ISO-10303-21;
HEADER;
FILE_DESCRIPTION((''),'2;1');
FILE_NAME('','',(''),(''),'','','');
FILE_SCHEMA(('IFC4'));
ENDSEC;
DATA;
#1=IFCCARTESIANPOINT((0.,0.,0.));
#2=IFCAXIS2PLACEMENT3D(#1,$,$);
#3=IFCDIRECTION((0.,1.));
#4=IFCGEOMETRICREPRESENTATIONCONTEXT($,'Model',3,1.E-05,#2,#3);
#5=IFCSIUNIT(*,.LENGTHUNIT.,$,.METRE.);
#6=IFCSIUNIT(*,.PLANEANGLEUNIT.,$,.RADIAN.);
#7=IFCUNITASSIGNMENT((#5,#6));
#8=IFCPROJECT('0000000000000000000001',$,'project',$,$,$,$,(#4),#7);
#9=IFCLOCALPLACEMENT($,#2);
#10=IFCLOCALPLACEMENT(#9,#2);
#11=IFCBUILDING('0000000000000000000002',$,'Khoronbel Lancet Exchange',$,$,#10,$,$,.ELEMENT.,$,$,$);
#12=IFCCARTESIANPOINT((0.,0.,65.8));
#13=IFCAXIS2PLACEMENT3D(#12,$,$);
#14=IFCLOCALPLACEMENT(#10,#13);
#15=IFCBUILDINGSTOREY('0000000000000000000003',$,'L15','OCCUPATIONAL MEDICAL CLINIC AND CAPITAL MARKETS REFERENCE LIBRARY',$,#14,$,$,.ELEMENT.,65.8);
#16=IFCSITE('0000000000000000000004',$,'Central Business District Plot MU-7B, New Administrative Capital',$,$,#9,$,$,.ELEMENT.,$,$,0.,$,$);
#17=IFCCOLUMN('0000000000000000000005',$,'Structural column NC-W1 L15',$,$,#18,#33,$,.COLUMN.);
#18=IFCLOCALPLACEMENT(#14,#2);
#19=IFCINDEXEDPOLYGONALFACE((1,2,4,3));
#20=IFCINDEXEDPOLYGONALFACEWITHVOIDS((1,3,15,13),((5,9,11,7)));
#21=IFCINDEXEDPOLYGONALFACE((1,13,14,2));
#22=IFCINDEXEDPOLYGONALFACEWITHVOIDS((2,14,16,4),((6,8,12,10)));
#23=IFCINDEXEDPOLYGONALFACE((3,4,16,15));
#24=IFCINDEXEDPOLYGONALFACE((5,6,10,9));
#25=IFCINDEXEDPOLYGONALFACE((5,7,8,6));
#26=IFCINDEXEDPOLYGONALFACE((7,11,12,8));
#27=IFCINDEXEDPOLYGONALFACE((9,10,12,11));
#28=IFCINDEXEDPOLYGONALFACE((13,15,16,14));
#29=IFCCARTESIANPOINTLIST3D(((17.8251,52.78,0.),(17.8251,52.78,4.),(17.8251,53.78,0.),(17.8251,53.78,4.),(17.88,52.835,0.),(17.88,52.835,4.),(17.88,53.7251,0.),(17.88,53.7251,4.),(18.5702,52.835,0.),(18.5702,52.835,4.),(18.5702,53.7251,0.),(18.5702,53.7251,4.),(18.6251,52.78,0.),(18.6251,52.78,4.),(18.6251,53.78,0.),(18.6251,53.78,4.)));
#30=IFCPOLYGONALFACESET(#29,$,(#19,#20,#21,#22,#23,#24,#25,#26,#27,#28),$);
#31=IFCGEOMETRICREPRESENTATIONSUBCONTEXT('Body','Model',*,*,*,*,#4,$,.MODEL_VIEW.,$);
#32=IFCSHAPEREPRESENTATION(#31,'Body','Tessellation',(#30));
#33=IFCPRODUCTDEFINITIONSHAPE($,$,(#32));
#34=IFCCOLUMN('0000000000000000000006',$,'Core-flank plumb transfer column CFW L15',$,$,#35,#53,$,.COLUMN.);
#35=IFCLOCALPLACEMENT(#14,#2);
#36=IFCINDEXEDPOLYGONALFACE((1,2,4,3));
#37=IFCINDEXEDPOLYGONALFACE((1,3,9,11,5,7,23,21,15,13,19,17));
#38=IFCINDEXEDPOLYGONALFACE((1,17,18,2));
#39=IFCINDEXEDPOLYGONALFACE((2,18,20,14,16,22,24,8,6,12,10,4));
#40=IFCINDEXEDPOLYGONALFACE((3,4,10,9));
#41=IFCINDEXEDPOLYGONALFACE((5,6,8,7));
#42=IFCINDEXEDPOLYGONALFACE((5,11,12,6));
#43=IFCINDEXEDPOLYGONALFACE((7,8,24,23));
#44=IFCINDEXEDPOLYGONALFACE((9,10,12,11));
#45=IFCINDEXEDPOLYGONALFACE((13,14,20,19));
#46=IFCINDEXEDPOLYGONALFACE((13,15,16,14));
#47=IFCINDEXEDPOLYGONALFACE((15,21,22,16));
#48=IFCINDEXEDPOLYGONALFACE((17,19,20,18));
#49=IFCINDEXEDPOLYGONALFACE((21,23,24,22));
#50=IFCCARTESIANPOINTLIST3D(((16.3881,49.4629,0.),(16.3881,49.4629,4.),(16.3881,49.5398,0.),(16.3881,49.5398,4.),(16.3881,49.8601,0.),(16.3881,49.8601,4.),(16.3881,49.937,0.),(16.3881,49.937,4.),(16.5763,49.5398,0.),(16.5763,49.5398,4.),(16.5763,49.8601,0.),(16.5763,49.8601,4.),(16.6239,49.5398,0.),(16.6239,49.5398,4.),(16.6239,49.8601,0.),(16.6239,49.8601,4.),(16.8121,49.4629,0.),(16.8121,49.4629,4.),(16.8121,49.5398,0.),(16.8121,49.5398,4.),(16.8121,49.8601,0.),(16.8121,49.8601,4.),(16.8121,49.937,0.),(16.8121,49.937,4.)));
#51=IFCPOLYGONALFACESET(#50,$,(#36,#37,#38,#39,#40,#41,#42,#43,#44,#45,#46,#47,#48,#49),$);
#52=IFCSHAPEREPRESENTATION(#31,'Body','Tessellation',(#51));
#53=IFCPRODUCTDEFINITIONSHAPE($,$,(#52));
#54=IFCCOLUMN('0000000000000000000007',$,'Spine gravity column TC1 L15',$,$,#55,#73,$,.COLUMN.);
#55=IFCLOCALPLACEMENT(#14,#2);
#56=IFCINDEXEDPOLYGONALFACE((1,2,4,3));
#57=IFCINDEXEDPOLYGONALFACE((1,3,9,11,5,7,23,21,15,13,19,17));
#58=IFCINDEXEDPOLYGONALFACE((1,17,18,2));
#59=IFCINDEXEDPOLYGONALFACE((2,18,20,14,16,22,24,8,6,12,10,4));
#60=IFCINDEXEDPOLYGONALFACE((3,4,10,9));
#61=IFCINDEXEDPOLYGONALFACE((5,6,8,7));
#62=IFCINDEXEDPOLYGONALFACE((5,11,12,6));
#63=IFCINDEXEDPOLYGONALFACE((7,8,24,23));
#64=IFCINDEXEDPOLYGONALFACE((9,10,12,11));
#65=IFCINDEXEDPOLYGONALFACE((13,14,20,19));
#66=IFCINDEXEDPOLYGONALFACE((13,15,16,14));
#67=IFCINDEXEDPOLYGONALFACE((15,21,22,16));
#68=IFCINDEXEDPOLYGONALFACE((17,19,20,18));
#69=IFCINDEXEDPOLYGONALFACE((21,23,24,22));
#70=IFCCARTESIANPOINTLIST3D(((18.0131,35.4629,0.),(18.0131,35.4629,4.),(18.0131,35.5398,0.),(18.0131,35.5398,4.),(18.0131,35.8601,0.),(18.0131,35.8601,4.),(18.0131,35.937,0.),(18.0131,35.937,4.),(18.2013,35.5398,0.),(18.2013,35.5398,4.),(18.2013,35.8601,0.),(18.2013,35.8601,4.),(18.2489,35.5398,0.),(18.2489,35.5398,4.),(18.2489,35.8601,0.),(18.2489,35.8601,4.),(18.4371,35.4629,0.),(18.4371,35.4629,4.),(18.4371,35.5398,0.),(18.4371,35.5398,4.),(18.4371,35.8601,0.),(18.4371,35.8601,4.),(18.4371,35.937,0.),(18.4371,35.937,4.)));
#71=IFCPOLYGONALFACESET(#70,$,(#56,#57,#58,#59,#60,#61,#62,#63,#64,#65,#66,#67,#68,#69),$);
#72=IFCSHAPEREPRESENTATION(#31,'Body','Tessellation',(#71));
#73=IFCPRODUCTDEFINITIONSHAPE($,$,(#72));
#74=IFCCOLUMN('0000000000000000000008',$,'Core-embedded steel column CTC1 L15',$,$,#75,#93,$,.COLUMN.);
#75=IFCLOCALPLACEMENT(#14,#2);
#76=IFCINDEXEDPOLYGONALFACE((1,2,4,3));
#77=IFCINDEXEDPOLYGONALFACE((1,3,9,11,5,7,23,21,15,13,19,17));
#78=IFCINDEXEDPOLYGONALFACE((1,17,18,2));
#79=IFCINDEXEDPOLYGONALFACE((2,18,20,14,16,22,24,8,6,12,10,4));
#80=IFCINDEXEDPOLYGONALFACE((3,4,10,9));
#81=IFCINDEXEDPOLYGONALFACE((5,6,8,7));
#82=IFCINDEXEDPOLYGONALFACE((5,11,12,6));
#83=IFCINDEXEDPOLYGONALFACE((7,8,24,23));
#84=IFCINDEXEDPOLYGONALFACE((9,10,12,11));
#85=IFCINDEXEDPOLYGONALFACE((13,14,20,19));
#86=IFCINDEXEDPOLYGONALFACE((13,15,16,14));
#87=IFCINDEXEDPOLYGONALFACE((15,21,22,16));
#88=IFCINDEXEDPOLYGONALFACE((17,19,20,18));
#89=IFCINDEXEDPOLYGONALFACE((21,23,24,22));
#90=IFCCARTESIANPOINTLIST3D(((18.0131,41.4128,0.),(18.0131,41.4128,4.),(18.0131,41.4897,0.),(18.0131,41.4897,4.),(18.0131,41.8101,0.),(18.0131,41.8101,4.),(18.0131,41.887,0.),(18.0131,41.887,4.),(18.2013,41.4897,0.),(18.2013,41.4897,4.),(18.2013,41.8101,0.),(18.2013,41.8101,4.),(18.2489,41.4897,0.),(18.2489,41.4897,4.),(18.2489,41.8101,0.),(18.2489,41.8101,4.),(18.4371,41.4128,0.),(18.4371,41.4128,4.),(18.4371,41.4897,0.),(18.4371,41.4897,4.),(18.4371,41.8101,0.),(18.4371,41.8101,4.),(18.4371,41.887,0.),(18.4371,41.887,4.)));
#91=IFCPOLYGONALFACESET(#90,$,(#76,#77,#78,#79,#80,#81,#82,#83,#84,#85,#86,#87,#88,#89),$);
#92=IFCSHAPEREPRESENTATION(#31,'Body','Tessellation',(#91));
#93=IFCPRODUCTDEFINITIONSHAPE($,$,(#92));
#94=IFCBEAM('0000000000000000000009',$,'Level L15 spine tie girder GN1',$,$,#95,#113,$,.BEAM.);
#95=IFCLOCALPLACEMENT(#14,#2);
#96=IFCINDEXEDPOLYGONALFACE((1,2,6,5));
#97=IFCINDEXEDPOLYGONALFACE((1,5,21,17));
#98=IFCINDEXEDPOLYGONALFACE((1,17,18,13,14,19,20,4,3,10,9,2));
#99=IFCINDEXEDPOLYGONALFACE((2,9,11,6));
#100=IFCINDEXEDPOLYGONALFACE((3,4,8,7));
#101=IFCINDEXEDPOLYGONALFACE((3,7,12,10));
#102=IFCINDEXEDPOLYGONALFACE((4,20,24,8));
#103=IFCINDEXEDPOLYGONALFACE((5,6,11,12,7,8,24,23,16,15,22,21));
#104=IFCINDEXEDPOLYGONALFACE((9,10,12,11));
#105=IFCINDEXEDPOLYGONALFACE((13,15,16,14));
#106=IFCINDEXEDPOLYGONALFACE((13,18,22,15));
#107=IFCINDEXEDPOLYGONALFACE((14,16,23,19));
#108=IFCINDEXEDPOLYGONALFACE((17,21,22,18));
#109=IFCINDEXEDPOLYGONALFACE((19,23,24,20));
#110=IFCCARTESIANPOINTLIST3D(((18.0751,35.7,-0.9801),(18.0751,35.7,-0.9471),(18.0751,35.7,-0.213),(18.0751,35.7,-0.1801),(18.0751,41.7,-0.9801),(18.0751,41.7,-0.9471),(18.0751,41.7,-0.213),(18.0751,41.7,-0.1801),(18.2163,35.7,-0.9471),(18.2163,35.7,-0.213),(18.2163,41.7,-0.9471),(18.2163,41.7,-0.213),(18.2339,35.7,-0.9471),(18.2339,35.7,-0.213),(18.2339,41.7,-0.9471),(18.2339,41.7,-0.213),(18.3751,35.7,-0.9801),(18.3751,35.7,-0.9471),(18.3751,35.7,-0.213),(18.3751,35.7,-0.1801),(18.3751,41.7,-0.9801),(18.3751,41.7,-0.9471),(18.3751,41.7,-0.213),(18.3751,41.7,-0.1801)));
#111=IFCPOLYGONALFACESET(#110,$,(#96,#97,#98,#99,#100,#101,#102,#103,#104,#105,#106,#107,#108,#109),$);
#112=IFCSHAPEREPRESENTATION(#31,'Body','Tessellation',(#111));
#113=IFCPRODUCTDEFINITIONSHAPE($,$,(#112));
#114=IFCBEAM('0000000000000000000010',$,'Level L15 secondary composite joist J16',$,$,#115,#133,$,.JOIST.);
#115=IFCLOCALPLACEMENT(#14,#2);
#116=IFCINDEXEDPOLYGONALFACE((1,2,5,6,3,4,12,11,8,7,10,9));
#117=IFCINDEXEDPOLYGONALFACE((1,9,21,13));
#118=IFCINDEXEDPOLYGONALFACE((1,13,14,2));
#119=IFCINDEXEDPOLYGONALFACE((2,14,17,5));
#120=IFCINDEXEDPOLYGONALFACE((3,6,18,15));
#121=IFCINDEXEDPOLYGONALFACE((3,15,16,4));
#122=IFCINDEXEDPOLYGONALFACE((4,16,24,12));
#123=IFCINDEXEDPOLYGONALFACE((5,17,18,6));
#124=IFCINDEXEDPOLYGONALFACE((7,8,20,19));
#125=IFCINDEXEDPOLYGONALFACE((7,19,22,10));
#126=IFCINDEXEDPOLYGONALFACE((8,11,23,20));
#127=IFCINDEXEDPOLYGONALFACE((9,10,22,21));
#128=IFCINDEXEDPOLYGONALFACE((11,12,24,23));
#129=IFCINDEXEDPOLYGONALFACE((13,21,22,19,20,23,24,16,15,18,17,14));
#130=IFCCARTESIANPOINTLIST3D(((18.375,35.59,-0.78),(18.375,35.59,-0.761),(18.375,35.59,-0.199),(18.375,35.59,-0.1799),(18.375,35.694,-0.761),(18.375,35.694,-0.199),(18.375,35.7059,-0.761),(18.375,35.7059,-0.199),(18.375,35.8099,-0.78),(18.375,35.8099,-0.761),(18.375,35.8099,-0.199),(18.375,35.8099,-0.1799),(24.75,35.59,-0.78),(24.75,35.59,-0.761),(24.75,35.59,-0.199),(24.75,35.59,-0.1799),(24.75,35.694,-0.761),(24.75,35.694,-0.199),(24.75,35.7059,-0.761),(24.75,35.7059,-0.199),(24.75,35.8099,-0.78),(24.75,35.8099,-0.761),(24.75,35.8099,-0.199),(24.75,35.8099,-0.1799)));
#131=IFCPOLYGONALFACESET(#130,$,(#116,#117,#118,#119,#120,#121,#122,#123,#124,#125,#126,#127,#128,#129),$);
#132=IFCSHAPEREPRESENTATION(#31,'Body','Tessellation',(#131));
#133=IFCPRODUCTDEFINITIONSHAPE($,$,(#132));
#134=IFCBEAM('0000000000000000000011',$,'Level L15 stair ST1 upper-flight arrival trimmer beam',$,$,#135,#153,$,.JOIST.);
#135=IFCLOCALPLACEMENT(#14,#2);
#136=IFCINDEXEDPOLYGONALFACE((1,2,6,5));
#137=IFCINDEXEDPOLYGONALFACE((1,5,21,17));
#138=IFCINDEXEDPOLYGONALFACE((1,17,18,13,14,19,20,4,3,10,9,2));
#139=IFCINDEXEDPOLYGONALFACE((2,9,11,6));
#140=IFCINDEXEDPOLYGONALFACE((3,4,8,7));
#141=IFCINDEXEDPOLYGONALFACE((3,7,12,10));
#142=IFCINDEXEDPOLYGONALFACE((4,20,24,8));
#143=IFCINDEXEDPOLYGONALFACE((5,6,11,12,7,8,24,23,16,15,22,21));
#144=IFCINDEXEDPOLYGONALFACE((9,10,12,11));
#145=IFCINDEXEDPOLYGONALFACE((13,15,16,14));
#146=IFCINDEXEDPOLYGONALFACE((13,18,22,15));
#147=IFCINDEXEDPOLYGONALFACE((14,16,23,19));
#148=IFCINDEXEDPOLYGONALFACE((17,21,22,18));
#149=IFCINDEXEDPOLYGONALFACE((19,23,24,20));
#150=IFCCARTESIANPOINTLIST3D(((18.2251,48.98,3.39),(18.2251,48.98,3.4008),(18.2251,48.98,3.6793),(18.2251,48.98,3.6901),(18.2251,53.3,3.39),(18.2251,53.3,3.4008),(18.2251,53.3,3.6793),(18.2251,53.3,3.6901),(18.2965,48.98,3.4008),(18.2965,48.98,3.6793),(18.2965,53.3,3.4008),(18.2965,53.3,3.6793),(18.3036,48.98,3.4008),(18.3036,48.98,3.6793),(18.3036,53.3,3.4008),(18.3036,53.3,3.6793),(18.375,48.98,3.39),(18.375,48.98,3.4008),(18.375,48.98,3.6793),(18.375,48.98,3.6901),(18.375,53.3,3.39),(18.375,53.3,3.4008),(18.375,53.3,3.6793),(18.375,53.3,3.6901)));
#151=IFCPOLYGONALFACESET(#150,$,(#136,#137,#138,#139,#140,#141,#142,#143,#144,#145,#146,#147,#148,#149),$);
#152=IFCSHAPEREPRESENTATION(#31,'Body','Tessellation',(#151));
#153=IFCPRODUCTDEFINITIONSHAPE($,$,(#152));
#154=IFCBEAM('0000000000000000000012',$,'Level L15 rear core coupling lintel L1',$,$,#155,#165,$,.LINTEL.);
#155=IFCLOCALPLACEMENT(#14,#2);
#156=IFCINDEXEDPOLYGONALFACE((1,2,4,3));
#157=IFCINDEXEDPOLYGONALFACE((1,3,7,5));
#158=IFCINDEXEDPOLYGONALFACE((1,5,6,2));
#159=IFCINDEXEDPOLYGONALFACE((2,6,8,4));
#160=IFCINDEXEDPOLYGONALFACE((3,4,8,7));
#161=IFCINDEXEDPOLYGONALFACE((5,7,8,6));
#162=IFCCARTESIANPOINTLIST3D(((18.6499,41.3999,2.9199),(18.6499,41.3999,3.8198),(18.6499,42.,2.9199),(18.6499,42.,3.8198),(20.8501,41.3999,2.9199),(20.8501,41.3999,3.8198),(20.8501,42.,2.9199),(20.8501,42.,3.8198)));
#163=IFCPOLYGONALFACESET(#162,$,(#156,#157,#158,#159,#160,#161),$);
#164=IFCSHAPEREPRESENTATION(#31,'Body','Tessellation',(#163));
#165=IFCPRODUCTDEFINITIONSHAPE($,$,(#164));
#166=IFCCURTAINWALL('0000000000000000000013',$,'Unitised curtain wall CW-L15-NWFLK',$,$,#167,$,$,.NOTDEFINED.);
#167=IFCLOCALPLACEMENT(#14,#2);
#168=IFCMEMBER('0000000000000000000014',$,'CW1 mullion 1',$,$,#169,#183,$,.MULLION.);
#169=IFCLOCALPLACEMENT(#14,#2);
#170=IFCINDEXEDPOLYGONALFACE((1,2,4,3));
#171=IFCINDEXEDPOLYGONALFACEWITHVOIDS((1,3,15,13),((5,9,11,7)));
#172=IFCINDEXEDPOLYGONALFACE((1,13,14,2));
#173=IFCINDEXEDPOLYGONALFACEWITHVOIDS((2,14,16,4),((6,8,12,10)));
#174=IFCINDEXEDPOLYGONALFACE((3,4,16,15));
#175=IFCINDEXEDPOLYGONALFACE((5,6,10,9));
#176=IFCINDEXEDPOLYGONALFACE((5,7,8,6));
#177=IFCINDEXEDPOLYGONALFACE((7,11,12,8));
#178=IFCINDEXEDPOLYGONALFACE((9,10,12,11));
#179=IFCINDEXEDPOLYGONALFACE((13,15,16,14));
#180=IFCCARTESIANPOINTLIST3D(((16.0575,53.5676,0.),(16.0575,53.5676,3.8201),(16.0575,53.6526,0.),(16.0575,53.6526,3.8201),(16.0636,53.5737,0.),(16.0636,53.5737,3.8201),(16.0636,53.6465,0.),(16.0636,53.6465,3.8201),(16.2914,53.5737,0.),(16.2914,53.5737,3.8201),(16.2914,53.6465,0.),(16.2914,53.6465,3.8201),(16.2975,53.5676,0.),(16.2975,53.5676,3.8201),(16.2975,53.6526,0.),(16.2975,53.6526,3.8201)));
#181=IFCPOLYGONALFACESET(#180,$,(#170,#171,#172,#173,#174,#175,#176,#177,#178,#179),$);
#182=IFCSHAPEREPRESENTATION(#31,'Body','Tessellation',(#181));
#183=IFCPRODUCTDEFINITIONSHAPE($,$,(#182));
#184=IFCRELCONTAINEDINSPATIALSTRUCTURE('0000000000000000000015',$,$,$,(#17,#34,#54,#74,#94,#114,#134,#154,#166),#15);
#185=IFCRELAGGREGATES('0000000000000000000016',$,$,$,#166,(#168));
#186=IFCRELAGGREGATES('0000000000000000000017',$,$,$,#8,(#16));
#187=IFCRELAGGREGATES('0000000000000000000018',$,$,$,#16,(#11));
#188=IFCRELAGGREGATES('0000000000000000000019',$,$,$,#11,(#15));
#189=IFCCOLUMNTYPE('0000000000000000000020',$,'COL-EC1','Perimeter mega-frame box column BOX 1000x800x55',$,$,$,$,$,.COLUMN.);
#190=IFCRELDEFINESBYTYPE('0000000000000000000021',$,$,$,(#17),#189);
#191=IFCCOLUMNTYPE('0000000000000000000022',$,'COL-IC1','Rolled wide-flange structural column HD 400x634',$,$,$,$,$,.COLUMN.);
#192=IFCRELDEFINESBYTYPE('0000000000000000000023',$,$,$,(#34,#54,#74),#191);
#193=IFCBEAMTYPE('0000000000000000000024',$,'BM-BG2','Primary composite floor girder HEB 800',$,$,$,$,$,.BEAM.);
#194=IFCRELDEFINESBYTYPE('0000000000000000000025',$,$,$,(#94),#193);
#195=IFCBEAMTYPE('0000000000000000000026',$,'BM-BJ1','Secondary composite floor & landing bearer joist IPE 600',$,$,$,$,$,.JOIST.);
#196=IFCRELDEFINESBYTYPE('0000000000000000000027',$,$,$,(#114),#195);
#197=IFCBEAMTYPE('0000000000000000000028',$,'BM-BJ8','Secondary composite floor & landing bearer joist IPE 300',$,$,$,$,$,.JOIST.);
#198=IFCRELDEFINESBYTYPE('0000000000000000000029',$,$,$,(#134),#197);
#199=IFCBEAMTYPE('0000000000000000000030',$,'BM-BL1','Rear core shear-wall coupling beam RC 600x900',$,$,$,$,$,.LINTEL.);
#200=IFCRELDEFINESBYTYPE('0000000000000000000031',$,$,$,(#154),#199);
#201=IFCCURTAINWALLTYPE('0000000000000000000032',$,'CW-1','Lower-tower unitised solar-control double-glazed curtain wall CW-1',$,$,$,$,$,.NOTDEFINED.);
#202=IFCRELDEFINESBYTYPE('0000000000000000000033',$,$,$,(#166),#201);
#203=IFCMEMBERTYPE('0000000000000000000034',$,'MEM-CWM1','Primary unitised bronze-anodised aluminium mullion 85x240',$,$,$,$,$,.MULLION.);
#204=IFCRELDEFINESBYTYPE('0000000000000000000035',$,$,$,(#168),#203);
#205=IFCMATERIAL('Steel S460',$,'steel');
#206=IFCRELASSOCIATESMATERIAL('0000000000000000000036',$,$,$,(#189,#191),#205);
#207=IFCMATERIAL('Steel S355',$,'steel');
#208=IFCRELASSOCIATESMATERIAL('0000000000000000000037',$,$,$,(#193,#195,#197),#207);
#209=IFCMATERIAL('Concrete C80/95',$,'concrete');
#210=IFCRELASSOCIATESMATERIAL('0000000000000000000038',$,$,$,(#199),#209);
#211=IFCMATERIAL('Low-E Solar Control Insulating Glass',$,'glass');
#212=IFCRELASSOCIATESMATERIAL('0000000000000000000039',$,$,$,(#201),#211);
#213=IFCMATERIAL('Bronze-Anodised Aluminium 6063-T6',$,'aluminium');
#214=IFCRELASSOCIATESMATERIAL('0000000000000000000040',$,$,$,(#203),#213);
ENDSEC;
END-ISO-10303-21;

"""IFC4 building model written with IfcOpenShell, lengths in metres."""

from ifc_helpers import new_model, si_unit, direction, frame, origin, origin_2d, place, context, subcontext, project, spatial, rectangle, hollow_rectangle, i_section, extrude, material, material_profile, profile_set, type_object, element, aggregate, save


model = new_model("IFC4")

# Units and contexts
model_context = context("Model", 3, precision=1e-05, world=origin(), true_north=direction((0.0, 1.0)))
body_context = subcontext(model_context, "Body", "Model", "MODEL_VIEW")
ifc_project = project(units=[si_unit("LENGTHUNIT", "METRE"), si_unit("PLANEANGLEUNIT", "RADIAN")], contexts=[model_context])

# Site, building, storey
site_placement = place(None, origin())
site = spatial("IfcSite", under=ifc_project, at=site_placement, Name="Central Business District Plot MU-7B, New Administrative Capital", CompositionType="ELEMENT", RefElevation=0.0)
building_placement = place(site_placement, origin())
building = spatial("IfcBuilding", under=site, at=building_placement, Name="Khoronbel Lancet Exchange", CompositionType="ELEMENT")
storey_placement = place(building_placement, frame((0.0, 0.0, 65.8)))
storey = spatial("IfcBuildingStorey", under=building, at=storey_placement, Name="L15", Description="OCCUPATIONAL MEDICAL CLINIC AND CAPITAL MARKETS REFERENCE LIBRARY", CompositionType="ELEMENT", Elevation=65.8)

# Columns
ifc_material_1 = material(Name="Steel S460", Category="steel")
ifc_material_profile_1 = material_profile(ifc_material_1, hollow_rectangle(XDim=0.8, YDim=1.0, WallThickness=0.0549, at=origin_2d()), Name="BOX 1000x800x55")
ifc_profile_set_1 = profile_set([ifc_material_profile_1], Name="Steel S460")
column_type_1 = type_object("IfcColumnType", Name="COL-EC1", Description="Perimeter mega-frame box column BOX 1000x800x55", PredefinedType="COLUMN", material=ifc_profile_set_1)
column_placement = place(storey_placement, frame((18.2251, 53.28, 0.0), z_axis=(0.0, 0.0, 1.0), x_axis=(1.0, 0.0, 0.0)))
element("IfcColumn", 1, at=column_placement, inside=storey, type_object=column_type_1, Name="Structural column NC-W1 L15", PredefinedType="COLUMN", context=body_context, shape_type="SweptSolid", body=[
    extrude(hollow_rectangle(XDim=0.8, YDim=1.0, WallThickness=0.0549, at=origin_2d()), origin(), (0.0, 0.0, 1.0), 4.0),
])
ifc_material_profile_2 = material_profile(ifc_material_1, i_section(OverallWidth=0.4241, OverallDepth=0.4741, WebThickness=0.0476, FlangeThickness=0.0769, at=origin_2d()), Name="HD 400x634")
ifc_profile_set_2 = profile_set([ifc_material_profile_2], Name="Steel S460")
column_type_2 = type_object("IfcColumnType", Name="COL-IC1", Description="Rolled wide-flange structural column HD 400x634", PredefinedType="COLUMN", material=ifc_profile_set_2)
for number, where, z_axis, x_axis, name in (
    (2, (16.6001, 49.7, 0.0), (0.0, 0.0, 1.0), (1.0, 0.0, 0.0), "Core-flank plumb transfer column CFW L15"),
    (3, (18.2251, 35.7, 0.0), (0.0, 0.0, 1.0), (1.0, 0.0, 0.0), "Spine gravity column TC1 L15"),
    (4, (18.2251, 41.6499, 0.0), (0.0, 0.0, 1.0), (1.0, 0.0, 0.0), "Core-embedded steel column CTC1 L15"),
):
    element("IfcColumn", number, at=place(storey_placement, frame(where, z_axis=z_axis, x_axis=x_axis)), inside=storey, type_object=column_type_2, Name=name, PredefinedType="COLUMN", context=body_context, shape_type="SweptSolid", body=[
        extrude(i_section(OverallWidth=0.4241, OverallDepth=0.4741, WebThickness=0.0476, FlangeThickness=0.0769, at=origin_2d()), origin(), (0.0, 0.0, 1.0), 4.0),
    ])

# Beams
ifc_material_2 = material(Name="Steel S355", Category="steel")
ifc_material_profile_3 = material_profile(ifc_material_2, i_section(OverallWidth=0.3, OverallDepth=0.8, WebThickness=0.0176, FlangeThickness=0.033, at=origin_2d()), Name="HEB 800")
ifc_profile_set_3 = profile_set([ifc_material_profile_3], Name="Steel S355")
beam_type_1 = type_object("IfcBeamType", Name="BM-BG2", Description="Primary composite floor girder HEB 800", PredefinedType="BEAM", material=ifc_profile_set_3)
beam_1_placement = place(storey_placement, frame((18.2251, 35.7, -0.5801), z_axis=(0.0, 1.0, 0.0), x_axis=(-1.0, 0.0, 0.0)))
element("IfcBeam", 5, at=beam_1_placement, inside=storey, type_object=beam_type_1, Name="Level L15 spine tie girder GN1", PredefinedType="BEAM", context=body_context, shape_type="SweptSolid", body=[
    extrude(i_section(OverallWidth=0.3, OverallDepth=0.8, WebThickness=0.0176, FlangeThickness=0.033, at=origin_2d()), origin(), (0.0, 0.0, 1.0), 6.0),
])
ifc_material_profile_4 = material_profile(ifc_material_2, i_section(OverallWidth=0.22, OverallDepth=0.6001, WebThickness=0.012, FlangeThickness=0.019, at=origin_2d()), Name="IPE 600")
ifc_profile_set_4 = profile_set([ifc_material_profile_4], Name="Steel S355")
beam_type_2 = type_object("IfcBeamType", Name="BM-BJ1", Description="Secondary composite floor & landing bearer joist IPE 600", PredefinedType="JOIST", material=ifc_profile_set_4)
beam_2_placement = place(storey_placement, frame((18.375, 35.7, -0.48), z_axis=(1.0, 0.0, 0.0), x_axis=(0.0, 1.0, 0.0)))
element("IfcBeam", 6, at=beam_2_placement, inside=storey, type_object=beam_type_2, Name="Level L15 secondary composite joist J16", PredefinedType="JOIST", context=body_context, shape_type="SweptSolid", body=[
    extrude(i_section(OverallWidth=0.22, OverallDepth=0.6001, WebThickness=0.012, FlangeThickness=0.019, at=origin_2d()), origin(), (0.0, 0.0, 1.0), 6.375),
])
ifc_material_profile_5 = material_profile(ifc_material_2, i_section(OverallWidth=0.1499, OverallDepth=0.3, WebThickness=0.0071, FlangeThickness=0.0107, at=origin_2d()), Name="IPE 300")
ifc_profile_set_5 = profile_set([ifc_material_profile_5], Name="Steel S355")
beam_type_3 = type_object("IfcBeamType", Name="BM-BJ8", Description="Secondary composite floor & landing bearer joist IPE 300", PredefinedType="JOIST", material=ifc_profile_set_5)
beam_3_placement = place(storey_placement, frame((18.3, 48.98, 3.54), z_axis=(0.0, 1.0, 0.0), x_axis=(-1.0, 0.0, 0.0)))
element("IfcBeam", 7, at=beam_3_placement, inside=storey, type_object=beam_type_3, Name="Level L15 stair ST1 upper-flight arrival trimmer beam", PredefinedType="JOIST", context=body_context, shape_type="SweptSolid", body=[
    extrude(i_section(OverallWidth=0.1499, OverallDepth=0.3, WebThickness=0.0071, FlangeThickness=0.0107, at=origin_2d()), origin(), (0.0, 0.0, 1.0), 4.3201),
])
ifc_material_3 = material(Name="Concrete C80/95", Category="concrete")
ifc_material_profile_6 = material_profile(ifc_material_3, rectangle(XDim=0.6001, YDim=0.8999, at=origin_2d()), Name="RC 600x900")
ifc_profile_set_6 = profile_set([ifc_material_profile_6], Name="Concrete C80/95")
beam_type_4 = type_object("IfcBeamType", Name="BM-BL1", Description="Rear core shear-wall coupling beam RC 600x900", PredefinedType="LINTEL", material=ifc_profile_set_6)
beam_4_placement = place(storey_placement, frame((18.6499, 41.7, 3.3699), z_axis=(1.0, 0.0, 0.0), x_axis=(0.0, 1.0, 0.0)))
element("IfcBeam", 8, at=beam_4_placement, inside=storey, type_object=beam_type_4, Name="Level L15 rear core coupling lintel L1", PredefinedType="LINTEL", context=body_context, shape_type="SweptSolid", body=[
    extrude(rectangle(XDim=0.6001, YDim=0.8999, at=origin_2d()), origin(), (0.0, 0.0, 1.0), 2.2002),
])

# Curtain wall, member
ifc_material_4 = material(Name="Low-E Solar Control Insulating Glass", Category="glass")
curtain_wall_type = type_object("IfcCurtainWallType", Name="CW-1", Description="Lower-tower unitised solar-control double-glazed curtain wall CW-1", PredefinedType="NOTDEFINED", material=ifc_material_4)
curtain_wall_placement = place(storey_placement, origin())
curtain_wall = element("IfcCurtainWall", 9, at=curtain_wall_placement, inside=storey, type_object=curtain_wall_type, Name="Unitised curtain wall CW-L15-NWFLK", PredefinedType="NOTDEFINED")
ifc_material_5 = material(Name="Bronze-Anodised Aluminium 6063-T6", Category="aluminium")
ifc_material_profile_7 = material_profile(ifc_material_5, hollow_rectangle(XDim=0.085, YDim=0.24, WallThickness=0.0061, at=origin_2d()), Name="ALU MULLION 85x240")
ifc_profile_set_7 = profile_set([ifc_material_profile_7], Name="Bronze-Anodised Aluminium 6063-T6")
member_type_1 = type_object("IfcMemberType", Name="MEM-CWM1", Description="Primary unitised bronze-anodised aluminium mullion 85x240", PredefinedType="MULLION", material=ifc_profile_set_7)
member_1_placement = place(storey_placement, frame((16.1775, 53.6101, 0.0), z_axis=(0.0, 0.0, 1.0), x_axis=(0.0, -1.0, 0.0)))
member_1 = element("IfcMember", 10, at=member_1_placement, type_object=member_type_1, Name="CW1 mullion 1", PredefinedType="MULLION", context=body_context, shape_type="SweptSolid", body=[
    extrude(hollow_rectangle(XDim=0.085, YDim=0.24, WallThickness=0.0061, at=origin_2d()), origin(), (0.0, 0.0, 1.0), 3.8201),
])
aggregate(curtain_wall, [member_1])

save(model, "model.ifc")
